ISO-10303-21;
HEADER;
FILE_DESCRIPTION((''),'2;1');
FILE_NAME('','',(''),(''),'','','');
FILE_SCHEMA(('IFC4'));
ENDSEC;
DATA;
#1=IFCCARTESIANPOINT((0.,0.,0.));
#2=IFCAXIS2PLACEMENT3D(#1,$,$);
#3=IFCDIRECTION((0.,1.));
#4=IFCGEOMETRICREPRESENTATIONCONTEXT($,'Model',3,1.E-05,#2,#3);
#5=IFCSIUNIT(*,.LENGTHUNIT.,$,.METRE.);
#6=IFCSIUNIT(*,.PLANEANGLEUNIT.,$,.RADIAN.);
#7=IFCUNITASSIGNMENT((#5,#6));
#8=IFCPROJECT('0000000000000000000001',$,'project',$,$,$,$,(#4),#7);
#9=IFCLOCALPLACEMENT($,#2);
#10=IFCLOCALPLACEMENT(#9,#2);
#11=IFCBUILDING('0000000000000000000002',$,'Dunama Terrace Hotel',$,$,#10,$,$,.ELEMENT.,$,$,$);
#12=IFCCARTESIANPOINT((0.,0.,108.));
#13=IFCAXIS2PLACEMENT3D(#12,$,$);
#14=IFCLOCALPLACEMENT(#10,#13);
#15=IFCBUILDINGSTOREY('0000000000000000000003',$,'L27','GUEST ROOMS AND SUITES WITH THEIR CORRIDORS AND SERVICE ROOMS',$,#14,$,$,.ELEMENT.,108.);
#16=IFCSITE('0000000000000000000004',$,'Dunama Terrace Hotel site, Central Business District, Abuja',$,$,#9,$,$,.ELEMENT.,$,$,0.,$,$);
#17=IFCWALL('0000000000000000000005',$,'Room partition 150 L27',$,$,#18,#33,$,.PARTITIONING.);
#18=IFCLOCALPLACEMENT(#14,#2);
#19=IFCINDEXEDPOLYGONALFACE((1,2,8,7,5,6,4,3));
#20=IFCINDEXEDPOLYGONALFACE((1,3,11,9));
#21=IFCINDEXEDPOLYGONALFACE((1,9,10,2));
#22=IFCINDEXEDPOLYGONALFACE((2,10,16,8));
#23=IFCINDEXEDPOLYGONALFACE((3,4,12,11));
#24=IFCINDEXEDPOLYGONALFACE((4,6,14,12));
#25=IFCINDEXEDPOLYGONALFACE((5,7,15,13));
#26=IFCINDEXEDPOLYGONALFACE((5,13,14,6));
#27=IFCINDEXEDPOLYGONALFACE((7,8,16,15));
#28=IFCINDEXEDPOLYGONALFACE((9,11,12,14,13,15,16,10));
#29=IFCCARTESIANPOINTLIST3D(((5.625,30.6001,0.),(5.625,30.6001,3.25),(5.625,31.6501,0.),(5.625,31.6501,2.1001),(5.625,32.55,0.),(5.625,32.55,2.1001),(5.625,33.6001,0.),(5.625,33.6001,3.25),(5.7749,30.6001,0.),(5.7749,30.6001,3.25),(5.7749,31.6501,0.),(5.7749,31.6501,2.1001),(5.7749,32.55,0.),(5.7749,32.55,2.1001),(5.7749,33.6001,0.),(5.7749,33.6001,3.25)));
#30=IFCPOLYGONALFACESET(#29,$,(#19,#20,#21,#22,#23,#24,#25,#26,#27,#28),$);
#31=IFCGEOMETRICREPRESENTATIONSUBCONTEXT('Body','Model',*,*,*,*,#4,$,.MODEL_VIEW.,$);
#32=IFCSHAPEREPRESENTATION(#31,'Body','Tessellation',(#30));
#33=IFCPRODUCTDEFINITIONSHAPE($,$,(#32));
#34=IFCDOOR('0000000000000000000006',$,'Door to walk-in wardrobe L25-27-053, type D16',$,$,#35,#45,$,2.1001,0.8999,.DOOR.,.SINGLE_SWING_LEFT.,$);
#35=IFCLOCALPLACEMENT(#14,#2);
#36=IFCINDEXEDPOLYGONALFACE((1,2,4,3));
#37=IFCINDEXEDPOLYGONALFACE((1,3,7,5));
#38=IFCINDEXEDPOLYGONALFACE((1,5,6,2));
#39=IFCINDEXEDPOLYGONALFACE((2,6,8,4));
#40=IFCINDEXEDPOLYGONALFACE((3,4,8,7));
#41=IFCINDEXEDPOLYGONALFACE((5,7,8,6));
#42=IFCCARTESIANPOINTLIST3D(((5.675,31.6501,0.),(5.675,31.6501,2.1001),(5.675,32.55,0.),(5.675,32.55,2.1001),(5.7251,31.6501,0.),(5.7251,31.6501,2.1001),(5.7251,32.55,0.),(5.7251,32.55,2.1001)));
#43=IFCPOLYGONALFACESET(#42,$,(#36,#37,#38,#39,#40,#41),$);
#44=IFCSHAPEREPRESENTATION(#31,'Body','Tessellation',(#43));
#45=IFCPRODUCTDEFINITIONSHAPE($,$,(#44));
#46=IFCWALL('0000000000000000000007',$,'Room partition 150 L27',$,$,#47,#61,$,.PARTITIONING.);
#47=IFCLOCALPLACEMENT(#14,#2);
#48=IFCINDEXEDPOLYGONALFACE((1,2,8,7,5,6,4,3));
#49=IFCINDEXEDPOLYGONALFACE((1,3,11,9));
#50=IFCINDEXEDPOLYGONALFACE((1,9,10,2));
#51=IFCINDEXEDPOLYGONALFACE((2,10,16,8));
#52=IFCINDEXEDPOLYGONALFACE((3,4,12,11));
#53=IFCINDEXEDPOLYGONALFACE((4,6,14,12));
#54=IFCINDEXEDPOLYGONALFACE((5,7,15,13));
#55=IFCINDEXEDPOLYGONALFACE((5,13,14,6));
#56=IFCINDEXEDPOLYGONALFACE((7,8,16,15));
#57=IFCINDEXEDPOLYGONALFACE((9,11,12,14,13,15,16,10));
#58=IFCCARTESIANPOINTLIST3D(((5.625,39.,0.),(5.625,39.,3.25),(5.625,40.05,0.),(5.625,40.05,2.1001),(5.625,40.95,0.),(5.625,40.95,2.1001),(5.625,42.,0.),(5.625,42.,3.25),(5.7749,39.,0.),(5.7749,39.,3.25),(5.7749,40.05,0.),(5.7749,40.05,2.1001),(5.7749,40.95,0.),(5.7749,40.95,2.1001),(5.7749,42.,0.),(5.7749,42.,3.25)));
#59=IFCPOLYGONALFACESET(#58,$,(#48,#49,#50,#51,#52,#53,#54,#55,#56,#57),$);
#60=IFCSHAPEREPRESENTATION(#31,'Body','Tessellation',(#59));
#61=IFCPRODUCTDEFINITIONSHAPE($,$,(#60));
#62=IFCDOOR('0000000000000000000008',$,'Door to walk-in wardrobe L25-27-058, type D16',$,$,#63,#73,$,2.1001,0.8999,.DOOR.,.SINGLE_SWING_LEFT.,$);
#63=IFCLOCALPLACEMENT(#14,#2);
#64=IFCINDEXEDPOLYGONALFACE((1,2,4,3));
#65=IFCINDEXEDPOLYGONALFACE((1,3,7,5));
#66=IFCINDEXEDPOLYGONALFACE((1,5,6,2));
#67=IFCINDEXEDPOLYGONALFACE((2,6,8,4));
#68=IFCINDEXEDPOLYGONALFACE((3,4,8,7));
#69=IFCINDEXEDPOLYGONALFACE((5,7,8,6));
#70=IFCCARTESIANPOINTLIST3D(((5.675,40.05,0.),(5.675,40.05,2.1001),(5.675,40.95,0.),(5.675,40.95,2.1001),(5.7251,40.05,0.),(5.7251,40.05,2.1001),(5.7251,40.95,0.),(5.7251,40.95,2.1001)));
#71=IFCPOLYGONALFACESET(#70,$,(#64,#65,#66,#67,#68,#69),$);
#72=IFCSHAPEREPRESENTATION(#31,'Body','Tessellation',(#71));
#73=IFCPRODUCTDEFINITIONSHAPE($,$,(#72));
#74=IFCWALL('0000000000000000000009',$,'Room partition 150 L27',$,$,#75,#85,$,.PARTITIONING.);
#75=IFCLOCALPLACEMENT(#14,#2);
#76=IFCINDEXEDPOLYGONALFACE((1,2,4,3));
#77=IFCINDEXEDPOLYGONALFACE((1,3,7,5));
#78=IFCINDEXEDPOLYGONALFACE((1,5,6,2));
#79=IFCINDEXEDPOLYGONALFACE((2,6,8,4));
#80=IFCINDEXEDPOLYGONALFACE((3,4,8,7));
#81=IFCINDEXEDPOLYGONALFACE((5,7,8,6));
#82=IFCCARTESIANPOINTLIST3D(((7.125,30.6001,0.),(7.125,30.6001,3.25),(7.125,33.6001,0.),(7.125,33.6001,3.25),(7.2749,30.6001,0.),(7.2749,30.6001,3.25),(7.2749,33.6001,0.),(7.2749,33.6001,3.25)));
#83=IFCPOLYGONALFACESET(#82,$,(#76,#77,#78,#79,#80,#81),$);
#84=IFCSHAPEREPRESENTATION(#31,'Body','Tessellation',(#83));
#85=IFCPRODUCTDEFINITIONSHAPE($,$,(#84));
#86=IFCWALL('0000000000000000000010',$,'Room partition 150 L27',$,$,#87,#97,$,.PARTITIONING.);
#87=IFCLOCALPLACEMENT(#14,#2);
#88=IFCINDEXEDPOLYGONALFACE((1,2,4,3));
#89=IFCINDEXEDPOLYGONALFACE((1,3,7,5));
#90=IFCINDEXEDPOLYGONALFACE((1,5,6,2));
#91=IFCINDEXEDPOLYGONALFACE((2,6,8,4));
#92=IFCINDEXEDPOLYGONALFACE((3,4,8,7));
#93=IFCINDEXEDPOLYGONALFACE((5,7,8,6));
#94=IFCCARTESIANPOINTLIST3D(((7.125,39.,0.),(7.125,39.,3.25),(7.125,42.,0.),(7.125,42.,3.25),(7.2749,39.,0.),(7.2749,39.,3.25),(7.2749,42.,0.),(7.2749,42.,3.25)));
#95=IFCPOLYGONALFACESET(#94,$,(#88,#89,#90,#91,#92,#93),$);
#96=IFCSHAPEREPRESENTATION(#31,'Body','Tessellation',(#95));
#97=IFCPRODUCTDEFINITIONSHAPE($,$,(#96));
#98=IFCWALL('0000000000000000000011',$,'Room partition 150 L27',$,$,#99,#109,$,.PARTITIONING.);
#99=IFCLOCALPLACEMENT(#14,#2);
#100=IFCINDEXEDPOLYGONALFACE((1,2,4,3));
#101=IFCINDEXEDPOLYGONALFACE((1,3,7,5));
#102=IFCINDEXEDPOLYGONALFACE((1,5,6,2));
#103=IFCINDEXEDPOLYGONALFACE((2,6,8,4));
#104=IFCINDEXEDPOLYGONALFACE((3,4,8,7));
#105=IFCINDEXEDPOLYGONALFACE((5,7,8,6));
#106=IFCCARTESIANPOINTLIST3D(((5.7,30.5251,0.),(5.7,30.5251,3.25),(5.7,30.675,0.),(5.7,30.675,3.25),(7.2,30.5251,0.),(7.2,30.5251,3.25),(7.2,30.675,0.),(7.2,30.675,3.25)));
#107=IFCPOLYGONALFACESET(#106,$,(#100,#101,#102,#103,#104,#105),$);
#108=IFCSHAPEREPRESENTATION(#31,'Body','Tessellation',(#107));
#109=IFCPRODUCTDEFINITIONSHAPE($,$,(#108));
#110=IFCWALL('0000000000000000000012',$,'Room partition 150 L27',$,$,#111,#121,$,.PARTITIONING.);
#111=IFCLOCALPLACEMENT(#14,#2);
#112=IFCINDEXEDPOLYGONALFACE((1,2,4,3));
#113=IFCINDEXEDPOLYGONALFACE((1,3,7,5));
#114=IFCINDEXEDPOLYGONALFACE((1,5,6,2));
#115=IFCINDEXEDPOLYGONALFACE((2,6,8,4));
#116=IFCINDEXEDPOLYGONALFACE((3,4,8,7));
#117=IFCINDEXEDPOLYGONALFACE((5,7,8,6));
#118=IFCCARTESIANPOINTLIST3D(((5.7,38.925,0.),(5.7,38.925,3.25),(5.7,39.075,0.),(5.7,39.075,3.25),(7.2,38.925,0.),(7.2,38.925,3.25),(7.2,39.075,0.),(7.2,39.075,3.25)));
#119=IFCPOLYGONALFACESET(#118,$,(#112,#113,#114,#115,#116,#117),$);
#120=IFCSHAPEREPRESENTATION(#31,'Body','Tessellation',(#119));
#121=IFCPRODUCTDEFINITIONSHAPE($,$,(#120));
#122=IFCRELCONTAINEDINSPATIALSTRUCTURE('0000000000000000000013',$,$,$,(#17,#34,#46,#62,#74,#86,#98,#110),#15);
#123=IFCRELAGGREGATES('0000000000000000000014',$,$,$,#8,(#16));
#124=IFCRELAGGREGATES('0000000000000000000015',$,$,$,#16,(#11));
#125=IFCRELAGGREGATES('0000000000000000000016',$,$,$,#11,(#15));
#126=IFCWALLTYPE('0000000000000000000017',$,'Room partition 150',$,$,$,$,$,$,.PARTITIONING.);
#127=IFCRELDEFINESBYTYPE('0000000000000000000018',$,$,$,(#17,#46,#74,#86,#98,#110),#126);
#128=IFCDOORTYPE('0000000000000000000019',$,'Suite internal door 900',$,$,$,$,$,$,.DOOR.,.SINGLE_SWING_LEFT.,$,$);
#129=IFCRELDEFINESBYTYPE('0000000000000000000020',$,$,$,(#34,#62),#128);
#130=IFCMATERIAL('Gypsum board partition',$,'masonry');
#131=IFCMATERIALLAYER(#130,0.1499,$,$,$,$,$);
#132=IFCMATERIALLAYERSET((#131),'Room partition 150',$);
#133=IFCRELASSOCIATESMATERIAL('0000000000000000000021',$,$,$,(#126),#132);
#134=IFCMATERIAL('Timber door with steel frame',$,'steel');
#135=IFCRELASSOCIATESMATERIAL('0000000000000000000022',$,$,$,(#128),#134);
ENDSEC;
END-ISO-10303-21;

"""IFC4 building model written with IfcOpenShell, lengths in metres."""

from ifc_helpers import new_model, si_unit, direction, frame, frame_2d, origin, place, context, subcontext, project, spatial, rectangle, extrude, material, layer, layer_set, type_object, element, fill, save


model = new_model("IFC4")

# Units and contexts
model_context = context("Model", 3, precision=1e-05, world=origin(), true_north=direction((0.0, 1.0)))
body_context = subcontext(model_context, "Body", "Model", "MODEL_VIEW")
ifc_project = project(units=[si_unit("LENGTHUNIT", "METRE"), si_unit("PLANEANGLEUNIT", "RADIAN")], contexts=[model_context])

# Site, building, storey
site_placement = place(None, origin())
site = spatial("IfcSite", under=ifc_project, at=site_placement, Name="Dunama Terrace Hotel site, Central Business District, Abuja", CompositionType="ELEMENT", RefElevation=0.0)
building_placement = place(site_placement, origin())
building = spatial("IfcBuilding", under=site, at=building_placement, Name="Dunama Terrace Hotel", CompositionType="ELEMENT")
storey_placement = place(building_placement, frame((0.0, 0.0, 108.0)))
storey = spatial("IfcBuildingStorey", under=building, at=storey_placement, Name="L27", Description="GUEST ROOMS AND SUITES WITH THEIR CORRIDORS AND SERVICE ROOMS", CompositionType="ELEMENT", Elevation=108.0)

# Walls, openings, doors
ifc_material_1 = material(Name="Gypsum board partition", Category="masonry")
ifc_layer_1 = layer(ifc_material_1, 0.1499)
ifc_layer_set_1 = layer_set([ifc_layer_1], Name="Room partition 150")
wall_type_1 = type_object("IfcWallType", Name="Room partition 150", PredefinedType="PARTITIONING", material=ifc_layer_set_1)
wall_1_placement = place(storey_placement, frame((5.7, 30.6001, 0.0), z_axis=(0.0, 0.0, 1.0), x_axis=(0.0, 1.0, 0.0)))
wall_1 = element("IfcWall", 1, at=wall_1_placement, inside=storey, type_object=wall_type_1, Name="Room partition 150 L27", PredefinedType="PARTITIONING", context=body_context, shape_type="SweptSolid", body=[
    extrude(rectangle(XDim=3.0, YDim=0.1499, at=frame_2d((1.5, 0.0))), origin(), (0.0, 0.0, 1.0), 3.25),
])
opening_1_placement = place(wall_1_placement, frame((1.05, 0.0, 0.0)))
opening_1 = element("IfcOpeningElement", 2, at=opening_1_placement, cuts=wall_1, PredefinedType="OPENING", context=body_context, shape_type="SweptSolid", body=[
    extrude(rectangle(XDim=0.8999, YDim=2.1001, at=frame_2d((0.45, 1.05))), frame((0.0, 0.085, 0.0), z_axis=(0.0, -1.0, 0.0), x_axis=(1.0, 0.0, 0.0)), (0.0, 0.0, 1.0), 0.1699),
])
ifc_material_2 = material(Name="Timber door with steel frame", Category="steel")
door_type_1 = type_object("IfcDoorType", Name="Suite internal door 900", OperationType="SINGLE_SWING_LEFT", PredefinedType="DOOR", material=ifc_material_2)
door_1_placement = place(opening_1_placement, frame((0.8999, 0.0, 0.0), z_axis=(0.0, 0.0, 1.0), x_axis=(-1.0, 0.0, 0.0)))
door_1 = element("IfcDoor", 3, at=door_1_placement, inside=storey, type_object=door_type_1, Name="Door to walk-in wardrobe L25-27-053, type D16", OperationType="SINGLE_SWING_LEFT", OverallHeight=2.1001, OverallWidth=0.8999, PredefinedType="DOOR", context=body_context, shape_type="SweptSolid", body=[
    extrude(rectangle(XDim=0.8999, YDim=2.1001, at=frame_2d((0.45, 1.05))), frame((0.0, 0.0251, 0.0), z_axis=(0.0, -1.0, 0.0), x_axis=(1.0, 0.0, 0.0)), (0.0, 0.0, 1.0), 0.05),
])
fill(opening_1, door_1)
wall_2_placement = place(storey_placement, frame((5.7, 39.0, 0.0), z_axis=(0.0, 0.0, 1.0), x_axis=(0.0, 1.0, 0.0)))
wall_2 = element("IfcWall", 4, at=wall_2_placement, inside=storey, type_object=wall_type_1, Name="Room partition 150 L27", PredefinedType="PARTITIONING", context=body_context, shape_type="SweptSolid", body=[
    extrude(rectangle(XDim=3.0, YDim=0.1499, at=frame_2d((1.5, 0.0))), origin(), (0.0, 0.0, 1.0), 3.25),
])
opening_2_placement = place(wall_2_placement, frame((1.05, 0.0, 0.0)))
opening_2 = element("IfcOpeningElement", 5, at=opening_2_placement, cuts=wall_2, PredefinedType="OPENING", context=body_context, shape_type="SweptSolid", body=[
    extrude(rectangle(XDim=0.8999, YDim=2.1001, at=frame_2d((0.45, 1.05))), frame((0.0, 0.085, 0.0), z_axis=(0.0, -1.0, 0.0), x_axis=(1.0, 0.0, 0.0)), (0.0, 0.0, 1.0), 0.1699),
])
door_2_placement = place(opening_2_placement, frame((0.8999, 0.0, 0.0), z_axis=(0.0, 0.0, 1.0), x_axis=(-1.0, 0.0, 0.0)))
door_2 = element("IfcDoor", 6, at=door_2_placement, inside=storey, type_object=door_type_1, Name="Door to walk-in wardrobe L25-27-058, type D16", OperationType="SINGLE_SWING_LEFT", OverallHeight=2.1001, OverallWidth=0.8999, PredefinedType="DOOR", context=body_context, shape_type="SweptSolid", body=[
    extrude(rectangle(XDim=0.8999, YDim=2.1001, at=frame_2d((0.45, 1.05))), frame((0.0, 0.0251, 0.0), z_axis=(0.0, -1.0, 0.0), x_axis=(1.0, 0.0, 0.0)), (0.0, 0.0, 1.0), 0.05),
])
fill(opening_2, door_2)

# Walls
for number, where, z_axis, x_axis, name in (
    (7, (7.2, 30.6001, 0.0), (0.0, 0.0, 1.0), (0.0, 1.0, 0.0), "Room partition 150 L27"),
    (8, (7.2, 39.0, 0.0), (0.0, 0.0, 1.0), (0.0, 1.0, 0.0), "Room partition 150 L27"),
):
    element("IfcWall", number, at=place(storey_placement, frame(where, z_axis=z_axis, x_axis=x_axis)), inside=storey, type_object=wall_type_1, Name=name, PredefinedType="PARTITIONING", context=body_context, shape_type="SweptSolid", body=[
        extrude(rectangle(XDim=3.0, YDim=0.1499, at=frame_2d((1.5, 0.0))), origin(), (0.0, 0.0, 1.0), 3.25),
    ])
for number, where, z_axis, x_axis, name in (
    (9, (5.7, 30.6001, 0.0), (0.0, 0.0, 1.0), (1.0, 0.0, 0.0), "Room partition 150 L27"),
    (10, (5.7, 39.0, 0.0), (0.0, 0.0, 1.0), (1.0, 0.0, 0.0), "Room partition 150 L27"),
):
    element("IfcWall", number, at=place(storey_placement, frame(where, z_axis=z_axis, x_axis=x_axis)), inside=storey, type_object=wall_type_1, Name=name, PredefinedType="PARTITIONING", context=body_context, shape_type="SweptSolid", body=[
        extrude(rectangle(XDim=1.5, YDim=0.1499, at=frame_2d((0.75, 0.0))), origin(), (0.0, 0.0, 1.0), 3.25),
    ])

save(model, "model.ifc")
